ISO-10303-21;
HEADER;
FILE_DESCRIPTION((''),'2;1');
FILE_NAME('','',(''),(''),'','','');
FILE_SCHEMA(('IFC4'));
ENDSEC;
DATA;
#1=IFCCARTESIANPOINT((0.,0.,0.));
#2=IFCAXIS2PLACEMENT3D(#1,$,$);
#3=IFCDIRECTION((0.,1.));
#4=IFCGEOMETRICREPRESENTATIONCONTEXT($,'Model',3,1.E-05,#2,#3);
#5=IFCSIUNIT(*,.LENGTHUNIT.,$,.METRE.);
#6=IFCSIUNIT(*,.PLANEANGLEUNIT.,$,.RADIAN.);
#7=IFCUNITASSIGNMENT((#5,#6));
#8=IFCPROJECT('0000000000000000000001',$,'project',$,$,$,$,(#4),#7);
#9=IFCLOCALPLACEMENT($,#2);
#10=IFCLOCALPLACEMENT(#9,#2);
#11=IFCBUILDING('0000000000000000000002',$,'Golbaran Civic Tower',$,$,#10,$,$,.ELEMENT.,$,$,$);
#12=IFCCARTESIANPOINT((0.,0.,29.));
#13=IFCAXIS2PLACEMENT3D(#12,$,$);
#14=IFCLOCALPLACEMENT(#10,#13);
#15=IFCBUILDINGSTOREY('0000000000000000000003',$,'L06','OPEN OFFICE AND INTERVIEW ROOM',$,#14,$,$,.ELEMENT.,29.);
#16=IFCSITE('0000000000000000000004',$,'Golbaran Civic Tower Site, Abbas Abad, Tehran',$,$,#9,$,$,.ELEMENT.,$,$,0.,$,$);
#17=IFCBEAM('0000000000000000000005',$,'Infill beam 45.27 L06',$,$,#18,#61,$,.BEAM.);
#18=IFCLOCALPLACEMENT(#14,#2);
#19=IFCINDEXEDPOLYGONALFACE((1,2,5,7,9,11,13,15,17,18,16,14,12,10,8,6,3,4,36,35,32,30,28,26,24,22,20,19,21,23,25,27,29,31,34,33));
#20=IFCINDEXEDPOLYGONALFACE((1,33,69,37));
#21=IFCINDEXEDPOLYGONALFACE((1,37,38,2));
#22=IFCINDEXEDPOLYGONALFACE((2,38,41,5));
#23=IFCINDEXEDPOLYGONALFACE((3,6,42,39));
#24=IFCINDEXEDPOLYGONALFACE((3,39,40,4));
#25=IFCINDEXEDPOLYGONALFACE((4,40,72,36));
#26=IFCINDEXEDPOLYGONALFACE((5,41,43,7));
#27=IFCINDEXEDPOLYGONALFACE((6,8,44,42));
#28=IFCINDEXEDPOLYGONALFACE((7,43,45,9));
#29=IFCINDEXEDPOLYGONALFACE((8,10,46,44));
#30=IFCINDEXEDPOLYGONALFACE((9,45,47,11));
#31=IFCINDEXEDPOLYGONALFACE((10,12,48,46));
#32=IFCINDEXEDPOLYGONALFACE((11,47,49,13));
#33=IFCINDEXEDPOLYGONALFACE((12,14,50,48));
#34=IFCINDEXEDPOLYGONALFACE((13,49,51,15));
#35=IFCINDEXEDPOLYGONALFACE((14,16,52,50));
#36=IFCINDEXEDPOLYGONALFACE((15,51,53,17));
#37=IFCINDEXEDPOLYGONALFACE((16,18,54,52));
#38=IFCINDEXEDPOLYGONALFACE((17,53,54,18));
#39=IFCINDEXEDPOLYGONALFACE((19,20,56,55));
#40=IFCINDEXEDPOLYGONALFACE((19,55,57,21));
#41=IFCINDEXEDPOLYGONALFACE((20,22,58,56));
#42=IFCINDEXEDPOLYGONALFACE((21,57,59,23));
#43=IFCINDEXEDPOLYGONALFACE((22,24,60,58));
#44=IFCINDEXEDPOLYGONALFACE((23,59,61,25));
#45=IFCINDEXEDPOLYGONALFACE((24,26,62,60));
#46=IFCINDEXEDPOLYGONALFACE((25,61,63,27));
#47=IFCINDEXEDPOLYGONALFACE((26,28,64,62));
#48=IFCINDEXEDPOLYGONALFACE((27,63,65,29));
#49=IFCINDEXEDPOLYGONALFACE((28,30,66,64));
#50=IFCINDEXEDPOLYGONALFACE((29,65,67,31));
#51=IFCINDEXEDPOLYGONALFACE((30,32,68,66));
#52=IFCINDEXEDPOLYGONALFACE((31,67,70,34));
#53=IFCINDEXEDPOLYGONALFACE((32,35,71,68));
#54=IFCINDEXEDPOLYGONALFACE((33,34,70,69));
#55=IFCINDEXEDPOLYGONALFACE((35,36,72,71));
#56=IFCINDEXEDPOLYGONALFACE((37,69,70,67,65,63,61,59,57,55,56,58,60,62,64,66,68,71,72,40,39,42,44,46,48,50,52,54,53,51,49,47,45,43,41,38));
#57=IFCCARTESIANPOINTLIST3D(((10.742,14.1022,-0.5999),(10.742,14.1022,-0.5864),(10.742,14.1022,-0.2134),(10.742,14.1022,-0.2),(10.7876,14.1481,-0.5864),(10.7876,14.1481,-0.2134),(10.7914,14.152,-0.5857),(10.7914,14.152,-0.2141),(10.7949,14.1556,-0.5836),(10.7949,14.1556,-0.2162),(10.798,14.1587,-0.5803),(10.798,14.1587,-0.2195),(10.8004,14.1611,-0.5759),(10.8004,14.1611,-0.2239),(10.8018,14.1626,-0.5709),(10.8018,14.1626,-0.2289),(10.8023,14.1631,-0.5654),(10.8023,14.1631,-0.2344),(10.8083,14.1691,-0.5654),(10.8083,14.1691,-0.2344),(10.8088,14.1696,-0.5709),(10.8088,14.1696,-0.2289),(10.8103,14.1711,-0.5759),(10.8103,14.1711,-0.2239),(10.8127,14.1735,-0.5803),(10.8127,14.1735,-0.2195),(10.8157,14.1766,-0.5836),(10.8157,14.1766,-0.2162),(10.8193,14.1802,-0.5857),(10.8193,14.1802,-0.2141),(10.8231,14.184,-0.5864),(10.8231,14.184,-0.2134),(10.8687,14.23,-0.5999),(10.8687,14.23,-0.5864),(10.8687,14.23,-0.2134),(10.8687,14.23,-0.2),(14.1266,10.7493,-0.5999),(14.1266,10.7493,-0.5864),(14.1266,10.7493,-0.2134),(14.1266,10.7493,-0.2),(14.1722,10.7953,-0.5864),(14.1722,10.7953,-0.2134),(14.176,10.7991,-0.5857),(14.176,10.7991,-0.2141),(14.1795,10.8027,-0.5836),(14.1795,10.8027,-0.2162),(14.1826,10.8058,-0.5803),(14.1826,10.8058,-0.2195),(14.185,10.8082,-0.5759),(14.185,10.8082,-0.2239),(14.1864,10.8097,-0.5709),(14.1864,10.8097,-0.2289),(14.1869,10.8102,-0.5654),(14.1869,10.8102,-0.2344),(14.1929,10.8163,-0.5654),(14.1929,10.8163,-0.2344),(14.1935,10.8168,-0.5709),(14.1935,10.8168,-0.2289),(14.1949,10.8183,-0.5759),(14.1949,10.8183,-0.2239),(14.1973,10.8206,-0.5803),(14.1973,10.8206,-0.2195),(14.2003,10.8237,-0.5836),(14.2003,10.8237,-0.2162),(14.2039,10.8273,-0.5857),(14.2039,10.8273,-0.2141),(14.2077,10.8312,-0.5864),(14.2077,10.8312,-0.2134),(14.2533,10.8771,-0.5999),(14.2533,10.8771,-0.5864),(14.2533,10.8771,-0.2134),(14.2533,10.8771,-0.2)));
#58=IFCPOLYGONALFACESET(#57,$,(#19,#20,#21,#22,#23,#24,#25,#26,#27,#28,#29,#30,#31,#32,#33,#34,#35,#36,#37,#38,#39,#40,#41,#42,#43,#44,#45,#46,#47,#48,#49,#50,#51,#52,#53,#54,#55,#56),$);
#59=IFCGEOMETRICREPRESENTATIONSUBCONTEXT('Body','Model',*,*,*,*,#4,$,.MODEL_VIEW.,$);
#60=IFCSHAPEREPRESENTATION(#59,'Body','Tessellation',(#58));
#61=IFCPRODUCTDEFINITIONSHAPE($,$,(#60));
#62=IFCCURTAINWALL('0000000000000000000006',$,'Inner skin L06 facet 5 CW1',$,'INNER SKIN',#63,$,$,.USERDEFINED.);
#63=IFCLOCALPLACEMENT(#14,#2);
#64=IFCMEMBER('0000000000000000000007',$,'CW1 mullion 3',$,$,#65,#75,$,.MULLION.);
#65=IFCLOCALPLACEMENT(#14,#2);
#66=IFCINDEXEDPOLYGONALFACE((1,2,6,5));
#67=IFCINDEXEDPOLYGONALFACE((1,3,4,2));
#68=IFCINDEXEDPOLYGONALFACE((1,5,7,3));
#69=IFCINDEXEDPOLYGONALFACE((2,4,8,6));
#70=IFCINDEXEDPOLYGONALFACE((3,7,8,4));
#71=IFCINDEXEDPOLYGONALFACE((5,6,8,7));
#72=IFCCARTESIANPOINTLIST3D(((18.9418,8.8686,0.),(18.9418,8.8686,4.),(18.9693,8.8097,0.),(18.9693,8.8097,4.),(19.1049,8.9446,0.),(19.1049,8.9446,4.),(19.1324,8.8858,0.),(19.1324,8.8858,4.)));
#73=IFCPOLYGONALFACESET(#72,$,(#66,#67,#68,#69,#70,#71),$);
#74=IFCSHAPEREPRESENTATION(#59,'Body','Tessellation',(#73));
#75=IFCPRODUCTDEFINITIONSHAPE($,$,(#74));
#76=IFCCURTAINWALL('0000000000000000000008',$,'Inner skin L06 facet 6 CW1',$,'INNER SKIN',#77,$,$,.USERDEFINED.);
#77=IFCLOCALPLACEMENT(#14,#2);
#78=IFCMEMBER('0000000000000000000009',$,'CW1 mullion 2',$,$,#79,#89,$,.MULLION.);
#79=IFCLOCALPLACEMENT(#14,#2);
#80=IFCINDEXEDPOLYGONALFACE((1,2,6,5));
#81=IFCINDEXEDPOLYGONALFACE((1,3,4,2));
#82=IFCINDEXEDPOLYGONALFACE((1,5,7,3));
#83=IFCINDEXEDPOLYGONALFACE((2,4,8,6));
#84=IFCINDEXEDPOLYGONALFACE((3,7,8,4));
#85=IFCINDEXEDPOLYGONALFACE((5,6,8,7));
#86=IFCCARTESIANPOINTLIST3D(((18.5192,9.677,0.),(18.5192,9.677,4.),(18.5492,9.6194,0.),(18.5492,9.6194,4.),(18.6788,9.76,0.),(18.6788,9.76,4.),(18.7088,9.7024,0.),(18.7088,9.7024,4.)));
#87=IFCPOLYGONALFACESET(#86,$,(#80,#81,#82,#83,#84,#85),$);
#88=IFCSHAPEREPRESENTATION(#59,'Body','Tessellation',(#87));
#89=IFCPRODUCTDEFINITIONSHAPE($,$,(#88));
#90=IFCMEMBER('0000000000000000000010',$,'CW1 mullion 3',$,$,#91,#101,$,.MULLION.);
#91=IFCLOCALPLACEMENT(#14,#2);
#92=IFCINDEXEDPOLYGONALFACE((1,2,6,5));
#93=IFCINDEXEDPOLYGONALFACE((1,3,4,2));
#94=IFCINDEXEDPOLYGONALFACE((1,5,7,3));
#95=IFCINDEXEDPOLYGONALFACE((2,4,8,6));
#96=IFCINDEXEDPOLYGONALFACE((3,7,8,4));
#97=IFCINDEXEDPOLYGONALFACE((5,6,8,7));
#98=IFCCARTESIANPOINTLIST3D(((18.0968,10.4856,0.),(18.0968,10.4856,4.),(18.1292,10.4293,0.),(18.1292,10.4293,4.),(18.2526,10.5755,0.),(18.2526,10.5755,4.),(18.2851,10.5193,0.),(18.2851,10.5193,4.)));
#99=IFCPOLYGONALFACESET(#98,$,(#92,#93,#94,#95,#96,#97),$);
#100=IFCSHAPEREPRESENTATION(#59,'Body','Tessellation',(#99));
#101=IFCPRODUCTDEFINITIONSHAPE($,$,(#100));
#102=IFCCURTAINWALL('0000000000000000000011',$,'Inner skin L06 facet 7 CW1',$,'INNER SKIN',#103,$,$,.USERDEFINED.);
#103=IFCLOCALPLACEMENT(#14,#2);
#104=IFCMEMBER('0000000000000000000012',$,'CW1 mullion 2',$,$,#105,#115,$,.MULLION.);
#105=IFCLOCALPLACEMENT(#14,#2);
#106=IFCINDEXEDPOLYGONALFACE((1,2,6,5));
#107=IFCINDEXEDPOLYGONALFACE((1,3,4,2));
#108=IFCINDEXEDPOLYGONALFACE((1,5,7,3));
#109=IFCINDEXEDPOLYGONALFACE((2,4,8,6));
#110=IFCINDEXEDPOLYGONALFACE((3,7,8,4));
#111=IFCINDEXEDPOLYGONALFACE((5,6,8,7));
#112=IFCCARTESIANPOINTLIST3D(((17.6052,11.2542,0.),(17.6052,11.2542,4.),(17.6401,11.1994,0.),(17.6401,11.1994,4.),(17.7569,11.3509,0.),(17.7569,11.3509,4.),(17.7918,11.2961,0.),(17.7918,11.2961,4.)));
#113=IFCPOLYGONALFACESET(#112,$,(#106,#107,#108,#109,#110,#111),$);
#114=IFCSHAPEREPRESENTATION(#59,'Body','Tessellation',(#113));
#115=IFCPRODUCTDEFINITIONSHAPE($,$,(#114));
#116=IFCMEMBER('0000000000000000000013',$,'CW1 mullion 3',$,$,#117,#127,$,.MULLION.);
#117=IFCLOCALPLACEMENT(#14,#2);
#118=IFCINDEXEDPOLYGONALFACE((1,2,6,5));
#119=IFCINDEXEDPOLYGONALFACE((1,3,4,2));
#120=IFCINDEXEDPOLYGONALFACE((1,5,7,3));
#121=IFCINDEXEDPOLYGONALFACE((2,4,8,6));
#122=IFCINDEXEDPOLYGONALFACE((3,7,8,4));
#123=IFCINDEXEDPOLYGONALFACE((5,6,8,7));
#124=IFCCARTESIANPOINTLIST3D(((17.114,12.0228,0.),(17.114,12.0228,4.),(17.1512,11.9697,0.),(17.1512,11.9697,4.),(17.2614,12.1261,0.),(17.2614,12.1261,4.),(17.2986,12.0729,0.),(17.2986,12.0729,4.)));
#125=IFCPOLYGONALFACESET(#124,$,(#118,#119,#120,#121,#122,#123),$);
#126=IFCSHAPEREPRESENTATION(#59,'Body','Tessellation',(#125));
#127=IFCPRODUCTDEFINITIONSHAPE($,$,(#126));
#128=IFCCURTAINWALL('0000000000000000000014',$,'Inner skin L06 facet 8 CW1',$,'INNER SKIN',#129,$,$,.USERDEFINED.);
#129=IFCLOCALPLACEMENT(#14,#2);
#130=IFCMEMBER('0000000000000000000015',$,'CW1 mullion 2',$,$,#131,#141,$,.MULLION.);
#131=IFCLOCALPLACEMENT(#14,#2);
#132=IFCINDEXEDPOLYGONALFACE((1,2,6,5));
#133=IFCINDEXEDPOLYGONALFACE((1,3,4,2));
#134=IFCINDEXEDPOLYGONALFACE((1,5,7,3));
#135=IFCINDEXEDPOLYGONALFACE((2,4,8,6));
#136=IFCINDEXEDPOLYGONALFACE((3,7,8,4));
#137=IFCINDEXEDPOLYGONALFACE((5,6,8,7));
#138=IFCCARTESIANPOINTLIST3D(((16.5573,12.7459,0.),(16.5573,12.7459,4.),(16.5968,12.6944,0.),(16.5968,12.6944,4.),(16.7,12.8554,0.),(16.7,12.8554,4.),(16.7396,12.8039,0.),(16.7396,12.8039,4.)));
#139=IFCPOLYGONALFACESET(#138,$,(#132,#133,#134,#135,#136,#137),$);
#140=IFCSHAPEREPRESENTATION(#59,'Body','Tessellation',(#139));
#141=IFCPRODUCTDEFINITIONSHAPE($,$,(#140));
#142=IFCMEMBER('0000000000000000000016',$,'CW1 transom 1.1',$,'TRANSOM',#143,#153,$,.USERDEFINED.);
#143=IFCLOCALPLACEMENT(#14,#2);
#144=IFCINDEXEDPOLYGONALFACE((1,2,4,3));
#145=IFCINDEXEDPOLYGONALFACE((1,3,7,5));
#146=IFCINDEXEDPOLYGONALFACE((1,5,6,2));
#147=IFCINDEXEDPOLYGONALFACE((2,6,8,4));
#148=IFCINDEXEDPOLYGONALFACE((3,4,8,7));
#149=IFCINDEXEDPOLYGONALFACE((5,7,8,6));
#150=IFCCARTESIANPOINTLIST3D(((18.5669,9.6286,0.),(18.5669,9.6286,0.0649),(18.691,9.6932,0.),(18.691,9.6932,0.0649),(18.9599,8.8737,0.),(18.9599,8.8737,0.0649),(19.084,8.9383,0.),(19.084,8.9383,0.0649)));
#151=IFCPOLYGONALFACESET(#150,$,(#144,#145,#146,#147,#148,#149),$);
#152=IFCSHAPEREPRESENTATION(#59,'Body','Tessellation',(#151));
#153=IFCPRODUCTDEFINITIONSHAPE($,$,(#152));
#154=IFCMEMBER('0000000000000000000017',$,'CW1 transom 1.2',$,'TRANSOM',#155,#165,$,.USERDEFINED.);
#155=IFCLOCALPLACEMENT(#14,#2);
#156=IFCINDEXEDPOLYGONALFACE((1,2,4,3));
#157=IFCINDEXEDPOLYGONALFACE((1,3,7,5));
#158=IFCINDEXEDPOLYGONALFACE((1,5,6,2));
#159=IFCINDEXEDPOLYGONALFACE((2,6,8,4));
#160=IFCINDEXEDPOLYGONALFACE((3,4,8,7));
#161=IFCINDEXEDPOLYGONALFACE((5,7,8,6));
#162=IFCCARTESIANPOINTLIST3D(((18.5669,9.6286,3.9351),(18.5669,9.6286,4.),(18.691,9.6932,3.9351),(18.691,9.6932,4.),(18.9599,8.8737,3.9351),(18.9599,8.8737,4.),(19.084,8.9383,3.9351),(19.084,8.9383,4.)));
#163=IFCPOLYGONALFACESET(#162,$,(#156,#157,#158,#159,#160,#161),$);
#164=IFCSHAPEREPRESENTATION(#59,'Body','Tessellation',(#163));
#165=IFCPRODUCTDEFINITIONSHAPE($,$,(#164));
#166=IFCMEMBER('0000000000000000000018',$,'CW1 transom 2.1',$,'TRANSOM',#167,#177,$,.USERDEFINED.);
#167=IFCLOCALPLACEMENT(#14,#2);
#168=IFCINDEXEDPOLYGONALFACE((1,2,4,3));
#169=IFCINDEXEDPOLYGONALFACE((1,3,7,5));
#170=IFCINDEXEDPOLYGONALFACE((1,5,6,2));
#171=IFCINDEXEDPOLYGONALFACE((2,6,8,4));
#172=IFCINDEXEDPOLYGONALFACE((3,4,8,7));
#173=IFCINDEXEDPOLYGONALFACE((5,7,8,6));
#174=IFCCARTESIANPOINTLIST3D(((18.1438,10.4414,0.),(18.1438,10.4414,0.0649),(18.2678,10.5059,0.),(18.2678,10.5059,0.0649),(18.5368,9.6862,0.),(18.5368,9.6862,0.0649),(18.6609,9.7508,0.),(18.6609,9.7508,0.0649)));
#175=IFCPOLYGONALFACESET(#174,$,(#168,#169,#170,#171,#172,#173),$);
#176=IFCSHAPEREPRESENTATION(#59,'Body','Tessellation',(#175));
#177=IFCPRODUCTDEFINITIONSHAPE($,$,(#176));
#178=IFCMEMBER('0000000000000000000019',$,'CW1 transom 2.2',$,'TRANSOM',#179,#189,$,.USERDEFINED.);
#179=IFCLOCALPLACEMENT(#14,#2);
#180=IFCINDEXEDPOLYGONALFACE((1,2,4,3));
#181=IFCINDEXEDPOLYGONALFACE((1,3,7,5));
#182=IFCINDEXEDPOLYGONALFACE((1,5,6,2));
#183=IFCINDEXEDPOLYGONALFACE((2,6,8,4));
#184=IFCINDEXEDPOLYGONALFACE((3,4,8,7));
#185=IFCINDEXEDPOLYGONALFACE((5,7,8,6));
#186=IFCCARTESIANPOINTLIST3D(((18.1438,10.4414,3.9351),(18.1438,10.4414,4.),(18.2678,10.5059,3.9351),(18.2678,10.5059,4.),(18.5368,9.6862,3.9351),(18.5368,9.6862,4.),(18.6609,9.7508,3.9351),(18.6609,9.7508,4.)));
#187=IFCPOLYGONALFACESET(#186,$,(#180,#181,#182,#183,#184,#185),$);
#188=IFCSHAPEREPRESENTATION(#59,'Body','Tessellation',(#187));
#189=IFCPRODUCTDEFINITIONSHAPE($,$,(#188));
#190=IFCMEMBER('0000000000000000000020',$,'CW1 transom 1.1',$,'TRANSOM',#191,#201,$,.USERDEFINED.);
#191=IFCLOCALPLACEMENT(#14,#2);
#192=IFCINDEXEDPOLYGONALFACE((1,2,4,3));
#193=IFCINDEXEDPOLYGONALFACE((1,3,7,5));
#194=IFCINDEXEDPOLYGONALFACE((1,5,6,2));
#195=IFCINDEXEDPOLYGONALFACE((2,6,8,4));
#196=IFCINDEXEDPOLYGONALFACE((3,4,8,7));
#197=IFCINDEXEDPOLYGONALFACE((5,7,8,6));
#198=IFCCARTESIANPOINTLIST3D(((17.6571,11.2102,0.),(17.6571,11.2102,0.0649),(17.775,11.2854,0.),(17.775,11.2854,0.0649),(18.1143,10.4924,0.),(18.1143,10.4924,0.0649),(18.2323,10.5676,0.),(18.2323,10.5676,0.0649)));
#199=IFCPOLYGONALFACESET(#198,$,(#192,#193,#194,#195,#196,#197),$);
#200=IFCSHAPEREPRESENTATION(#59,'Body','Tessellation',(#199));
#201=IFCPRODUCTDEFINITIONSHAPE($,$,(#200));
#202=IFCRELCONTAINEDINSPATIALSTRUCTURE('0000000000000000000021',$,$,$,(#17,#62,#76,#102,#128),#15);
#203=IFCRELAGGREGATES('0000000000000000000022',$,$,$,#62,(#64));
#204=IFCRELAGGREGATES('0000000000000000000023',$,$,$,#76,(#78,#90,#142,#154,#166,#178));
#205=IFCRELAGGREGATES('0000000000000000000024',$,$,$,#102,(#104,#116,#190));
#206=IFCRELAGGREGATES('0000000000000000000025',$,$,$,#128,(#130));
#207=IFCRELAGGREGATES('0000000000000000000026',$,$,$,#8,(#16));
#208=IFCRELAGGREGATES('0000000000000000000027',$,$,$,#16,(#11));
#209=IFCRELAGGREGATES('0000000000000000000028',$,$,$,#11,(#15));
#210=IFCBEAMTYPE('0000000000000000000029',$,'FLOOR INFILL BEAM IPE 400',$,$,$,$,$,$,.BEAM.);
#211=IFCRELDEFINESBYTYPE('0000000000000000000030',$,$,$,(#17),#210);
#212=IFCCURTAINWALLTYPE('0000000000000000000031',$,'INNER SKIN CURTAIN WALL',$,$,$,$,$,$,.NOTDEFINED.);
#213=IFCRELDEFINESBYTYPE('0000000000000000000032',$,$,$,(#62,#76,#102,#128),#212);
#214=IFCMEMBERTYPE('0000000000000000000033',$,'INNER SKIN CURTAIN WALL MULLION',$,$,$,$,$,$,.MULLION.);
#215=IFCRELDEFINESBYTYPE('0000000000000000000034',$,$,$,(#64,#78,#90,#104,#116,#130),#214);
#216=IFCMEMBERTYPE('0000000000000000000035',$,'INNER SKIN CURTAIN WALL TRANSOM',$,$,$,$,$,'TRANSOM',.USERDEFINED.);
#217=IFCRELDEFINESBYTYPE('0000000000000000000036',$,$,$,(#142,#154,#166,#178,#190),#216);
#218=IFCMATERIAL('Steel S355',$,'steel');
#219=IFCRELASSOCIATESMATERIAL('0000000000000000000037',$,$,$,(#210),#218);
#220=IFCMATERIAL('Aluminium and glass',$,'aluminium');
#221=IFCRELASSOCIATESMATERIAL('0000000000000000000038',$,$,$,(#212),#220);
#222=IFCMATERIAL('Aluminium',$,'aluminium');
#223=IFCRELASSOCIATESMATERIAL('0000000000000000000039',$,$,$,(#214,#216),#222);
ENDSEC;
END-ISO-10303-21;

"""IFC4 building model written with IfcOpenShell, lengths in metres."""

from ifc_helpers import new_model, si_unit, direction, frame, origin, origin_2d, place, context, subcontext, project, spatial, rectangle, i_section, extrude, material, material_profile, profile_set, type_object, element, aggregate, save


model = new_model("IFC4")

# Units and contexts
model_context = context("Model", 3, precision=1e-05, world=origin(), true_north=direction((0.0, 1.0)))
body_context = subcontext(model_context, "Body", "Model", "MODEL_VIEW")
ifc_project = project(units=[si_unit("LENGTHUNIT", "METRE"), si_unit("PLANEANGLEUNIT", "RADIAN")], contexts=[model_context])

# Site, building, storey
site_placement = place(None, origin())
site = spatial("IfcSite", under=ifc_project, at=site_placement, Name="Golbaran Civic Tower Site, Abbas Abad, Tehran", CompositionType="ELEMENT", RefElevation=0.0)
building_placement = place(site_placement, origin())
building = spatial("IfcBuilding", under=site, at=building_placement, Name="Golbaran Civic Tower", CompositionType="ELEMENT")
storey_placement = place(building_placement, frame((0.0, 0.0, 29.0)))
storey = spatial("IfcBuildingStorey", under=building, at=storey_placement, Name="L06", Description="OPEN OFFICE AND INTERVIEW ROOM", CompositionType="ELEMENT", Elevation=29.0)

# Beam
ifc_material_1 = material(Name="Steel S355", Category="steel")
ifc_material_profile_1 = material_profile(ifc_material_1, i_section(OverallWidth=0.1799, OverallDepth=0.3999, WebThickness=0.0085, FlangeThickness=0.0134, FilletRadius=0.021, at=origin_2d()), Name="IPE 400")
ifc_profile_set_1 = profile_set([ifc_material_profile_1], Name="Steel S355")
beam_type = type_object("IfcBeamType", Name="FLOOR INFILL BEAM IPE 400", PredefinedType="BEAM", material=ifc_profile_set_1)
beam_placement = place(storey_placement, frame((14.1899, 10.8132, -0.3999), z_axis=(-0.71043, 0.703768, 0.0), x_axis=(-0.703768, -0.71043, 0.0)))
element("IfcBeam", 1, at=beam_placement, inside=storey, type_object=beam_type, Name="Infill beam 45.27 L06", PredefinedType="BEAM", context=body_context, shape_type="SweptSolid", body=[
    extrude(i_section(OverallWidth=0.1799, OverallDepth=0.3999, WebThickness=0.0085, FlangeThickness=0.0134, FilletRadius=0.021, at=origin_2d()), origin(), (0.0, 0.0, 1.0), 4.7642),
])

# Curtain wall, member
ifc_material_2 = material(Name="Aluminium and glass", Category="aluminium")
curtain_wall_type = type_object("IfcCurtainWallType", Name="INNER SKIN CURTAIN WALL", PredefinedType="NOTDEFINED", material=ifc_material_2)
curtain_wall_1_placement = place(storey_placement, origin())
curtain_wall_1 = element("IfcCurtainWall", 2, at=curtain_wall_1_placement, inside=storey, type_object=curtain_wall_type, Name="Inner skin L06 facet 5 CW1", ObjectType="INNER SKIN", PredefinedType="USERDEFINED")
ifc_material_3 = material(Name="Aluminium", Category="aluminium")
ifc_material_profile_2 = material_profile(ifc_material_3, rectangle(XDim=0.1799, YDim=0.0649, at=origin_2d()), Name="INNER SKIN CURTAIN WALL MULLION")
ifc_profile_set_2 = profile_set([ifc_material_profile_2], Name="Aluminium")
member_type_1 = type_object("IfcMemberType", Name="INNER SKIN CURTAIN WALL MULLION", PredefinedType="MULLION", material=ifc_profile_set_2)
member_1_placement = place(storey_placement, frame((19.0371, 8.8772, 0.0), z_axis=(0.0, 0.0, 1.0), x_axis=(-0.906308, -0.422618, 0.0)))
member_1 = element("IfcMember", 3, at=member_1_placement, type_object=member_type_1, Name="CW1 mullion 3", PredefinedType="MULLION", context=body_context, shape_type="SweptSolid", body=[
    extrude(rectangle(XDim=0.1799, YDim=0.0649, at=origin_2d()), origin(), (0.0, 0.0, 1.0), 4.0),
])

# Curtain walls, members
curtain_wall_2_placement = place(storey_placement, origin())
curtain_wall_2 = element("IfcCurtainWall", 4, at=curtain_wall_2_placement, inside=storey, type_object=curtain_wall_type, Name="Inner skin L06 facet 6 CW1", ObjectType="INNER SKIN", PredefinedType="USERDEFINED")
member_2_placement = place(storey_placement, frame((18.614, 9.6897, 0.0), z_axis=(0.0, 0.0, 1.0), x_axis=(-0.887011, -0.461749, 0.0)))
member_2 = element("IfcMember", 5, at=member_2_placement, type_object=member_type_1, Name="CW1 mullion 2", PredefinedType="MULLION", context=body_context, shape_type="SweptSolid", body=[
    extrude(rectangle(XDim=0.1799, YDim=0.0649, at=origin_2d()), origin(), (0.0, 0.0, 1.0), 4.0),
])
member_3_placement = place(storey_placement, frame((18.1909, 10.5024, 0.0), z_axis=(0.0, 0.0, 1.0), x_axis=(-0.866025, -0.5, 0.0)))
member_3 = element("IfcMember", 6, at=member_3_placement, type_object=member_type_1, Name="CW1 mullion 3", PredefinedType="MULLION", context=body_context, shape_type="SweptSolid", body=[
    extrude(rectangle(XDim=0.1799, YDim=0.0649, at=origin_2d()), origin(), (0.0, 0.0, 1.0), 4.0),
])
curtain_wall_3_placement = place(storey_placement, origin())
curtain_wall_3 = element("IfcCurtainWall", 7, at=curtain_wall_3_placement, inside=storey, type_object=curtain_wall_type, Name="Inner skin L06 facet 7 CW1", ObjectType="INNER SKIN", PredefinedType="USERDEFINED")
member_4_placement = place(storey_placement, frame((17.6985, 11.2751, 0.0), z_axis=(0.0, 0.0, 1.0), x_axis=(-0.843391, -0.5373, 0.0)))
member_4 = element("IfcMember", 8, at=member_4_placement, type_object=member_type_1, Name="CW1 mullion 2", PredefinedType="MULLION", context=body_context, shape_type="SweptSolid", body=[
    extrude(rectangle(XDim=0.1799, YDim=0.0649, at=origin_2d()), origin(), (0.0, 0.0, 1.0), 4.0),
])
member_5_placement = place(storey_placement, frame((17.2063, 12.0479, 0.0), z_axis=(0.0, 0.0, 1.0), x_axis=(-0.819152, -0.573576, 0.0)))
member_5 = element("IfcMember", 9, at=member_5_placement, type_object=member_type_1, Name="CW1 mullion 3", PredefinedType="MULLION", context=body_context, shape_type="SweptSolid", body=[
    extrude(rectangle(XDim=0.1799, YDim=0.0649, at=origin_2d()), origin(), (0.0, 0.0, 1.0), 4.0),
])

# Curtain wall, member
curtain_wall_4_placement = place(storey_placement, origin())
curtain_wall_4 = element("IfcCurtainWall", 10, at=curtain_wall_4_placement, inside=storey, type_object=curtain_wall_type, Name="Inner skin L06 facet 8 CW1", ObjectType="INNER SKIN", PredefinedType="USERDEFINED")
member_6_placement = place(storey_placement, frame((16.6484, 12.7749, 0.0), z_axis=(0.0, 0.0, 1.0), x_axis=(-0.793353, -0.608761, 0.0)))
member_6 = element("IfcMember", 11, at=member_6_placement, type_object=member_type_1, Name="CW1 mullion 2", PredefinedType="MULLION", context=body_context, shape_type="SweptSolid", body=[
    extrude(rectangle(XDim=0.1799, YDim=0.0649, at=origin_2d()), origin(), (0.0, 0.0, 1.0), 4.0),
])

# Members
ifc_material_profile_3 = material_profile(ifc_material_3, rectangle(XDim=0.1399, YDim=0.0649, at=origin_2d()), Name="INNER SKIN CURTAIN WALL TRANSOM")
ifc_profile_set_3 = profile_set([ifc_material_profile_3], Name="Aluminium")
member_type_2 = type_object("IfcMemberType", Name="INNER SKIN CURTAIN WALL TRANSOM", ElementType="TRANSOM", PredefinedType="USERDEFINED", material=ifc_profile_set_3)
member_7_placement = place(storey_placement, frame((19.022, 8.906, 0.0325), z_axis=(-0.46184, 0.886963, 0.0), x_axis=(-0.886963, -0.46184, 0.0)))
member_7 = element("IfcMember", 12, at=member_7_placement, type_object=member_type_2, Name="CW1 transom 1.1", ObjectType="TRANSOM", PredefinedType="USERDEFINED", context=body_context, shape_type="SweptSolid", body=[
    extrude(rectangle(XDim=0.1399, YDim=0.0649, at=origin_2d()), origin(), (0.0, 0.0, 1.0), 0.8511),
])
member_8_placement = place(storey_placement, frame((19.022, 8.906, 3.9675), z_axis=(-0.46184, 0.886963, 0.0), x_axis=(-0.886963, -0.46184, 0.0)))
member_8 = element("IfcMember", 13, at=member_8_placement, type_object=member_type_2, Name="CW1 transom 1.2", ObjectType="TRANSOM", PredefinedType="USERDEFINED", context=body_context, shape_type="SweptSolid", body=[
    extrude(rectangle(XDim=0.1399, YDim=0.0649, at=origin_2d()), origin(), (0.0, 0.0, 1.0), 0.8511),
])
member_9_placement = place(storey_placement, frame((18.5989, 9.7185, 0.0325), z_axis=(-0.461723, 0.887024, 0.0), x_axis=(-0.887024, -0.461723, 0.0)))
member_9 = element("IfcMember", 14, at=member_9_placement, type_object=member_type_2, Name="CW1 transom 2.1", ObjectType="TRANSOM", PredefinedType="USERDEFINED", context=body_context, shape_type="SweptSolid", body=[
    extrude(rectangle(XDim=0.1399, YDim=0.0649, at=origin_2d()), origin(), (0.0, 0.0, 1.0), 0.8513),
])
member_10_placement = place(storey_placement, frame((18.5989, 9.7185, 3.9675), z_axis=(-0.461723, 0.887024, 0.0), x_axis=(-0.887024, -0.461723, 0.0)))
member_10 = element("IfcMember", 15, at=member_10_placement, type_object=member_type_2, Name="CW1 transom 2.2", ObjectType="TRANSOM", PredefinedType="USERDEFINED", context=body_context, shape_type="SweptSolid", body=[
    extrude(rectangle(XDim=0.1399, YDim=0.0649, at=origin_2d()), origin(), (0.0, 0.0, 1.0), 0.8513),
])
member_11_placement = place(storey_placement, frame((18.1733, 10.53, 0.0325), z_axis=(-0.537302, 0.84339, 0.0), x_axis=(-0.84339, -0.537302, 0.0)))
member_11 = element("IfcMember", 16, at=member_11_placement, type_object=member_type_2, Name="CW1 transom 1.1", ObjectType="TRANSOM", PredefinedType="USERDEFINED", context=body_context, shape_type="SweptSolid", body=[
    extrude(rectangle(XDim=0.1399, YDim=0.0649, at=origin_2d()), origin(), (0.0, 0.0, 1.0), 0.8511),
])

aggregate(curtain_wall_1, [member_1])
aggregate(curtain_wall_2, [member_2, member_3, member_7, member_8, member_9, member_10])
aggregate(curtain_wall_3, [member_4, member_5, member_11])
aggregate(curtain_wall_4, [member_6])

save(model, "model.ifc")
